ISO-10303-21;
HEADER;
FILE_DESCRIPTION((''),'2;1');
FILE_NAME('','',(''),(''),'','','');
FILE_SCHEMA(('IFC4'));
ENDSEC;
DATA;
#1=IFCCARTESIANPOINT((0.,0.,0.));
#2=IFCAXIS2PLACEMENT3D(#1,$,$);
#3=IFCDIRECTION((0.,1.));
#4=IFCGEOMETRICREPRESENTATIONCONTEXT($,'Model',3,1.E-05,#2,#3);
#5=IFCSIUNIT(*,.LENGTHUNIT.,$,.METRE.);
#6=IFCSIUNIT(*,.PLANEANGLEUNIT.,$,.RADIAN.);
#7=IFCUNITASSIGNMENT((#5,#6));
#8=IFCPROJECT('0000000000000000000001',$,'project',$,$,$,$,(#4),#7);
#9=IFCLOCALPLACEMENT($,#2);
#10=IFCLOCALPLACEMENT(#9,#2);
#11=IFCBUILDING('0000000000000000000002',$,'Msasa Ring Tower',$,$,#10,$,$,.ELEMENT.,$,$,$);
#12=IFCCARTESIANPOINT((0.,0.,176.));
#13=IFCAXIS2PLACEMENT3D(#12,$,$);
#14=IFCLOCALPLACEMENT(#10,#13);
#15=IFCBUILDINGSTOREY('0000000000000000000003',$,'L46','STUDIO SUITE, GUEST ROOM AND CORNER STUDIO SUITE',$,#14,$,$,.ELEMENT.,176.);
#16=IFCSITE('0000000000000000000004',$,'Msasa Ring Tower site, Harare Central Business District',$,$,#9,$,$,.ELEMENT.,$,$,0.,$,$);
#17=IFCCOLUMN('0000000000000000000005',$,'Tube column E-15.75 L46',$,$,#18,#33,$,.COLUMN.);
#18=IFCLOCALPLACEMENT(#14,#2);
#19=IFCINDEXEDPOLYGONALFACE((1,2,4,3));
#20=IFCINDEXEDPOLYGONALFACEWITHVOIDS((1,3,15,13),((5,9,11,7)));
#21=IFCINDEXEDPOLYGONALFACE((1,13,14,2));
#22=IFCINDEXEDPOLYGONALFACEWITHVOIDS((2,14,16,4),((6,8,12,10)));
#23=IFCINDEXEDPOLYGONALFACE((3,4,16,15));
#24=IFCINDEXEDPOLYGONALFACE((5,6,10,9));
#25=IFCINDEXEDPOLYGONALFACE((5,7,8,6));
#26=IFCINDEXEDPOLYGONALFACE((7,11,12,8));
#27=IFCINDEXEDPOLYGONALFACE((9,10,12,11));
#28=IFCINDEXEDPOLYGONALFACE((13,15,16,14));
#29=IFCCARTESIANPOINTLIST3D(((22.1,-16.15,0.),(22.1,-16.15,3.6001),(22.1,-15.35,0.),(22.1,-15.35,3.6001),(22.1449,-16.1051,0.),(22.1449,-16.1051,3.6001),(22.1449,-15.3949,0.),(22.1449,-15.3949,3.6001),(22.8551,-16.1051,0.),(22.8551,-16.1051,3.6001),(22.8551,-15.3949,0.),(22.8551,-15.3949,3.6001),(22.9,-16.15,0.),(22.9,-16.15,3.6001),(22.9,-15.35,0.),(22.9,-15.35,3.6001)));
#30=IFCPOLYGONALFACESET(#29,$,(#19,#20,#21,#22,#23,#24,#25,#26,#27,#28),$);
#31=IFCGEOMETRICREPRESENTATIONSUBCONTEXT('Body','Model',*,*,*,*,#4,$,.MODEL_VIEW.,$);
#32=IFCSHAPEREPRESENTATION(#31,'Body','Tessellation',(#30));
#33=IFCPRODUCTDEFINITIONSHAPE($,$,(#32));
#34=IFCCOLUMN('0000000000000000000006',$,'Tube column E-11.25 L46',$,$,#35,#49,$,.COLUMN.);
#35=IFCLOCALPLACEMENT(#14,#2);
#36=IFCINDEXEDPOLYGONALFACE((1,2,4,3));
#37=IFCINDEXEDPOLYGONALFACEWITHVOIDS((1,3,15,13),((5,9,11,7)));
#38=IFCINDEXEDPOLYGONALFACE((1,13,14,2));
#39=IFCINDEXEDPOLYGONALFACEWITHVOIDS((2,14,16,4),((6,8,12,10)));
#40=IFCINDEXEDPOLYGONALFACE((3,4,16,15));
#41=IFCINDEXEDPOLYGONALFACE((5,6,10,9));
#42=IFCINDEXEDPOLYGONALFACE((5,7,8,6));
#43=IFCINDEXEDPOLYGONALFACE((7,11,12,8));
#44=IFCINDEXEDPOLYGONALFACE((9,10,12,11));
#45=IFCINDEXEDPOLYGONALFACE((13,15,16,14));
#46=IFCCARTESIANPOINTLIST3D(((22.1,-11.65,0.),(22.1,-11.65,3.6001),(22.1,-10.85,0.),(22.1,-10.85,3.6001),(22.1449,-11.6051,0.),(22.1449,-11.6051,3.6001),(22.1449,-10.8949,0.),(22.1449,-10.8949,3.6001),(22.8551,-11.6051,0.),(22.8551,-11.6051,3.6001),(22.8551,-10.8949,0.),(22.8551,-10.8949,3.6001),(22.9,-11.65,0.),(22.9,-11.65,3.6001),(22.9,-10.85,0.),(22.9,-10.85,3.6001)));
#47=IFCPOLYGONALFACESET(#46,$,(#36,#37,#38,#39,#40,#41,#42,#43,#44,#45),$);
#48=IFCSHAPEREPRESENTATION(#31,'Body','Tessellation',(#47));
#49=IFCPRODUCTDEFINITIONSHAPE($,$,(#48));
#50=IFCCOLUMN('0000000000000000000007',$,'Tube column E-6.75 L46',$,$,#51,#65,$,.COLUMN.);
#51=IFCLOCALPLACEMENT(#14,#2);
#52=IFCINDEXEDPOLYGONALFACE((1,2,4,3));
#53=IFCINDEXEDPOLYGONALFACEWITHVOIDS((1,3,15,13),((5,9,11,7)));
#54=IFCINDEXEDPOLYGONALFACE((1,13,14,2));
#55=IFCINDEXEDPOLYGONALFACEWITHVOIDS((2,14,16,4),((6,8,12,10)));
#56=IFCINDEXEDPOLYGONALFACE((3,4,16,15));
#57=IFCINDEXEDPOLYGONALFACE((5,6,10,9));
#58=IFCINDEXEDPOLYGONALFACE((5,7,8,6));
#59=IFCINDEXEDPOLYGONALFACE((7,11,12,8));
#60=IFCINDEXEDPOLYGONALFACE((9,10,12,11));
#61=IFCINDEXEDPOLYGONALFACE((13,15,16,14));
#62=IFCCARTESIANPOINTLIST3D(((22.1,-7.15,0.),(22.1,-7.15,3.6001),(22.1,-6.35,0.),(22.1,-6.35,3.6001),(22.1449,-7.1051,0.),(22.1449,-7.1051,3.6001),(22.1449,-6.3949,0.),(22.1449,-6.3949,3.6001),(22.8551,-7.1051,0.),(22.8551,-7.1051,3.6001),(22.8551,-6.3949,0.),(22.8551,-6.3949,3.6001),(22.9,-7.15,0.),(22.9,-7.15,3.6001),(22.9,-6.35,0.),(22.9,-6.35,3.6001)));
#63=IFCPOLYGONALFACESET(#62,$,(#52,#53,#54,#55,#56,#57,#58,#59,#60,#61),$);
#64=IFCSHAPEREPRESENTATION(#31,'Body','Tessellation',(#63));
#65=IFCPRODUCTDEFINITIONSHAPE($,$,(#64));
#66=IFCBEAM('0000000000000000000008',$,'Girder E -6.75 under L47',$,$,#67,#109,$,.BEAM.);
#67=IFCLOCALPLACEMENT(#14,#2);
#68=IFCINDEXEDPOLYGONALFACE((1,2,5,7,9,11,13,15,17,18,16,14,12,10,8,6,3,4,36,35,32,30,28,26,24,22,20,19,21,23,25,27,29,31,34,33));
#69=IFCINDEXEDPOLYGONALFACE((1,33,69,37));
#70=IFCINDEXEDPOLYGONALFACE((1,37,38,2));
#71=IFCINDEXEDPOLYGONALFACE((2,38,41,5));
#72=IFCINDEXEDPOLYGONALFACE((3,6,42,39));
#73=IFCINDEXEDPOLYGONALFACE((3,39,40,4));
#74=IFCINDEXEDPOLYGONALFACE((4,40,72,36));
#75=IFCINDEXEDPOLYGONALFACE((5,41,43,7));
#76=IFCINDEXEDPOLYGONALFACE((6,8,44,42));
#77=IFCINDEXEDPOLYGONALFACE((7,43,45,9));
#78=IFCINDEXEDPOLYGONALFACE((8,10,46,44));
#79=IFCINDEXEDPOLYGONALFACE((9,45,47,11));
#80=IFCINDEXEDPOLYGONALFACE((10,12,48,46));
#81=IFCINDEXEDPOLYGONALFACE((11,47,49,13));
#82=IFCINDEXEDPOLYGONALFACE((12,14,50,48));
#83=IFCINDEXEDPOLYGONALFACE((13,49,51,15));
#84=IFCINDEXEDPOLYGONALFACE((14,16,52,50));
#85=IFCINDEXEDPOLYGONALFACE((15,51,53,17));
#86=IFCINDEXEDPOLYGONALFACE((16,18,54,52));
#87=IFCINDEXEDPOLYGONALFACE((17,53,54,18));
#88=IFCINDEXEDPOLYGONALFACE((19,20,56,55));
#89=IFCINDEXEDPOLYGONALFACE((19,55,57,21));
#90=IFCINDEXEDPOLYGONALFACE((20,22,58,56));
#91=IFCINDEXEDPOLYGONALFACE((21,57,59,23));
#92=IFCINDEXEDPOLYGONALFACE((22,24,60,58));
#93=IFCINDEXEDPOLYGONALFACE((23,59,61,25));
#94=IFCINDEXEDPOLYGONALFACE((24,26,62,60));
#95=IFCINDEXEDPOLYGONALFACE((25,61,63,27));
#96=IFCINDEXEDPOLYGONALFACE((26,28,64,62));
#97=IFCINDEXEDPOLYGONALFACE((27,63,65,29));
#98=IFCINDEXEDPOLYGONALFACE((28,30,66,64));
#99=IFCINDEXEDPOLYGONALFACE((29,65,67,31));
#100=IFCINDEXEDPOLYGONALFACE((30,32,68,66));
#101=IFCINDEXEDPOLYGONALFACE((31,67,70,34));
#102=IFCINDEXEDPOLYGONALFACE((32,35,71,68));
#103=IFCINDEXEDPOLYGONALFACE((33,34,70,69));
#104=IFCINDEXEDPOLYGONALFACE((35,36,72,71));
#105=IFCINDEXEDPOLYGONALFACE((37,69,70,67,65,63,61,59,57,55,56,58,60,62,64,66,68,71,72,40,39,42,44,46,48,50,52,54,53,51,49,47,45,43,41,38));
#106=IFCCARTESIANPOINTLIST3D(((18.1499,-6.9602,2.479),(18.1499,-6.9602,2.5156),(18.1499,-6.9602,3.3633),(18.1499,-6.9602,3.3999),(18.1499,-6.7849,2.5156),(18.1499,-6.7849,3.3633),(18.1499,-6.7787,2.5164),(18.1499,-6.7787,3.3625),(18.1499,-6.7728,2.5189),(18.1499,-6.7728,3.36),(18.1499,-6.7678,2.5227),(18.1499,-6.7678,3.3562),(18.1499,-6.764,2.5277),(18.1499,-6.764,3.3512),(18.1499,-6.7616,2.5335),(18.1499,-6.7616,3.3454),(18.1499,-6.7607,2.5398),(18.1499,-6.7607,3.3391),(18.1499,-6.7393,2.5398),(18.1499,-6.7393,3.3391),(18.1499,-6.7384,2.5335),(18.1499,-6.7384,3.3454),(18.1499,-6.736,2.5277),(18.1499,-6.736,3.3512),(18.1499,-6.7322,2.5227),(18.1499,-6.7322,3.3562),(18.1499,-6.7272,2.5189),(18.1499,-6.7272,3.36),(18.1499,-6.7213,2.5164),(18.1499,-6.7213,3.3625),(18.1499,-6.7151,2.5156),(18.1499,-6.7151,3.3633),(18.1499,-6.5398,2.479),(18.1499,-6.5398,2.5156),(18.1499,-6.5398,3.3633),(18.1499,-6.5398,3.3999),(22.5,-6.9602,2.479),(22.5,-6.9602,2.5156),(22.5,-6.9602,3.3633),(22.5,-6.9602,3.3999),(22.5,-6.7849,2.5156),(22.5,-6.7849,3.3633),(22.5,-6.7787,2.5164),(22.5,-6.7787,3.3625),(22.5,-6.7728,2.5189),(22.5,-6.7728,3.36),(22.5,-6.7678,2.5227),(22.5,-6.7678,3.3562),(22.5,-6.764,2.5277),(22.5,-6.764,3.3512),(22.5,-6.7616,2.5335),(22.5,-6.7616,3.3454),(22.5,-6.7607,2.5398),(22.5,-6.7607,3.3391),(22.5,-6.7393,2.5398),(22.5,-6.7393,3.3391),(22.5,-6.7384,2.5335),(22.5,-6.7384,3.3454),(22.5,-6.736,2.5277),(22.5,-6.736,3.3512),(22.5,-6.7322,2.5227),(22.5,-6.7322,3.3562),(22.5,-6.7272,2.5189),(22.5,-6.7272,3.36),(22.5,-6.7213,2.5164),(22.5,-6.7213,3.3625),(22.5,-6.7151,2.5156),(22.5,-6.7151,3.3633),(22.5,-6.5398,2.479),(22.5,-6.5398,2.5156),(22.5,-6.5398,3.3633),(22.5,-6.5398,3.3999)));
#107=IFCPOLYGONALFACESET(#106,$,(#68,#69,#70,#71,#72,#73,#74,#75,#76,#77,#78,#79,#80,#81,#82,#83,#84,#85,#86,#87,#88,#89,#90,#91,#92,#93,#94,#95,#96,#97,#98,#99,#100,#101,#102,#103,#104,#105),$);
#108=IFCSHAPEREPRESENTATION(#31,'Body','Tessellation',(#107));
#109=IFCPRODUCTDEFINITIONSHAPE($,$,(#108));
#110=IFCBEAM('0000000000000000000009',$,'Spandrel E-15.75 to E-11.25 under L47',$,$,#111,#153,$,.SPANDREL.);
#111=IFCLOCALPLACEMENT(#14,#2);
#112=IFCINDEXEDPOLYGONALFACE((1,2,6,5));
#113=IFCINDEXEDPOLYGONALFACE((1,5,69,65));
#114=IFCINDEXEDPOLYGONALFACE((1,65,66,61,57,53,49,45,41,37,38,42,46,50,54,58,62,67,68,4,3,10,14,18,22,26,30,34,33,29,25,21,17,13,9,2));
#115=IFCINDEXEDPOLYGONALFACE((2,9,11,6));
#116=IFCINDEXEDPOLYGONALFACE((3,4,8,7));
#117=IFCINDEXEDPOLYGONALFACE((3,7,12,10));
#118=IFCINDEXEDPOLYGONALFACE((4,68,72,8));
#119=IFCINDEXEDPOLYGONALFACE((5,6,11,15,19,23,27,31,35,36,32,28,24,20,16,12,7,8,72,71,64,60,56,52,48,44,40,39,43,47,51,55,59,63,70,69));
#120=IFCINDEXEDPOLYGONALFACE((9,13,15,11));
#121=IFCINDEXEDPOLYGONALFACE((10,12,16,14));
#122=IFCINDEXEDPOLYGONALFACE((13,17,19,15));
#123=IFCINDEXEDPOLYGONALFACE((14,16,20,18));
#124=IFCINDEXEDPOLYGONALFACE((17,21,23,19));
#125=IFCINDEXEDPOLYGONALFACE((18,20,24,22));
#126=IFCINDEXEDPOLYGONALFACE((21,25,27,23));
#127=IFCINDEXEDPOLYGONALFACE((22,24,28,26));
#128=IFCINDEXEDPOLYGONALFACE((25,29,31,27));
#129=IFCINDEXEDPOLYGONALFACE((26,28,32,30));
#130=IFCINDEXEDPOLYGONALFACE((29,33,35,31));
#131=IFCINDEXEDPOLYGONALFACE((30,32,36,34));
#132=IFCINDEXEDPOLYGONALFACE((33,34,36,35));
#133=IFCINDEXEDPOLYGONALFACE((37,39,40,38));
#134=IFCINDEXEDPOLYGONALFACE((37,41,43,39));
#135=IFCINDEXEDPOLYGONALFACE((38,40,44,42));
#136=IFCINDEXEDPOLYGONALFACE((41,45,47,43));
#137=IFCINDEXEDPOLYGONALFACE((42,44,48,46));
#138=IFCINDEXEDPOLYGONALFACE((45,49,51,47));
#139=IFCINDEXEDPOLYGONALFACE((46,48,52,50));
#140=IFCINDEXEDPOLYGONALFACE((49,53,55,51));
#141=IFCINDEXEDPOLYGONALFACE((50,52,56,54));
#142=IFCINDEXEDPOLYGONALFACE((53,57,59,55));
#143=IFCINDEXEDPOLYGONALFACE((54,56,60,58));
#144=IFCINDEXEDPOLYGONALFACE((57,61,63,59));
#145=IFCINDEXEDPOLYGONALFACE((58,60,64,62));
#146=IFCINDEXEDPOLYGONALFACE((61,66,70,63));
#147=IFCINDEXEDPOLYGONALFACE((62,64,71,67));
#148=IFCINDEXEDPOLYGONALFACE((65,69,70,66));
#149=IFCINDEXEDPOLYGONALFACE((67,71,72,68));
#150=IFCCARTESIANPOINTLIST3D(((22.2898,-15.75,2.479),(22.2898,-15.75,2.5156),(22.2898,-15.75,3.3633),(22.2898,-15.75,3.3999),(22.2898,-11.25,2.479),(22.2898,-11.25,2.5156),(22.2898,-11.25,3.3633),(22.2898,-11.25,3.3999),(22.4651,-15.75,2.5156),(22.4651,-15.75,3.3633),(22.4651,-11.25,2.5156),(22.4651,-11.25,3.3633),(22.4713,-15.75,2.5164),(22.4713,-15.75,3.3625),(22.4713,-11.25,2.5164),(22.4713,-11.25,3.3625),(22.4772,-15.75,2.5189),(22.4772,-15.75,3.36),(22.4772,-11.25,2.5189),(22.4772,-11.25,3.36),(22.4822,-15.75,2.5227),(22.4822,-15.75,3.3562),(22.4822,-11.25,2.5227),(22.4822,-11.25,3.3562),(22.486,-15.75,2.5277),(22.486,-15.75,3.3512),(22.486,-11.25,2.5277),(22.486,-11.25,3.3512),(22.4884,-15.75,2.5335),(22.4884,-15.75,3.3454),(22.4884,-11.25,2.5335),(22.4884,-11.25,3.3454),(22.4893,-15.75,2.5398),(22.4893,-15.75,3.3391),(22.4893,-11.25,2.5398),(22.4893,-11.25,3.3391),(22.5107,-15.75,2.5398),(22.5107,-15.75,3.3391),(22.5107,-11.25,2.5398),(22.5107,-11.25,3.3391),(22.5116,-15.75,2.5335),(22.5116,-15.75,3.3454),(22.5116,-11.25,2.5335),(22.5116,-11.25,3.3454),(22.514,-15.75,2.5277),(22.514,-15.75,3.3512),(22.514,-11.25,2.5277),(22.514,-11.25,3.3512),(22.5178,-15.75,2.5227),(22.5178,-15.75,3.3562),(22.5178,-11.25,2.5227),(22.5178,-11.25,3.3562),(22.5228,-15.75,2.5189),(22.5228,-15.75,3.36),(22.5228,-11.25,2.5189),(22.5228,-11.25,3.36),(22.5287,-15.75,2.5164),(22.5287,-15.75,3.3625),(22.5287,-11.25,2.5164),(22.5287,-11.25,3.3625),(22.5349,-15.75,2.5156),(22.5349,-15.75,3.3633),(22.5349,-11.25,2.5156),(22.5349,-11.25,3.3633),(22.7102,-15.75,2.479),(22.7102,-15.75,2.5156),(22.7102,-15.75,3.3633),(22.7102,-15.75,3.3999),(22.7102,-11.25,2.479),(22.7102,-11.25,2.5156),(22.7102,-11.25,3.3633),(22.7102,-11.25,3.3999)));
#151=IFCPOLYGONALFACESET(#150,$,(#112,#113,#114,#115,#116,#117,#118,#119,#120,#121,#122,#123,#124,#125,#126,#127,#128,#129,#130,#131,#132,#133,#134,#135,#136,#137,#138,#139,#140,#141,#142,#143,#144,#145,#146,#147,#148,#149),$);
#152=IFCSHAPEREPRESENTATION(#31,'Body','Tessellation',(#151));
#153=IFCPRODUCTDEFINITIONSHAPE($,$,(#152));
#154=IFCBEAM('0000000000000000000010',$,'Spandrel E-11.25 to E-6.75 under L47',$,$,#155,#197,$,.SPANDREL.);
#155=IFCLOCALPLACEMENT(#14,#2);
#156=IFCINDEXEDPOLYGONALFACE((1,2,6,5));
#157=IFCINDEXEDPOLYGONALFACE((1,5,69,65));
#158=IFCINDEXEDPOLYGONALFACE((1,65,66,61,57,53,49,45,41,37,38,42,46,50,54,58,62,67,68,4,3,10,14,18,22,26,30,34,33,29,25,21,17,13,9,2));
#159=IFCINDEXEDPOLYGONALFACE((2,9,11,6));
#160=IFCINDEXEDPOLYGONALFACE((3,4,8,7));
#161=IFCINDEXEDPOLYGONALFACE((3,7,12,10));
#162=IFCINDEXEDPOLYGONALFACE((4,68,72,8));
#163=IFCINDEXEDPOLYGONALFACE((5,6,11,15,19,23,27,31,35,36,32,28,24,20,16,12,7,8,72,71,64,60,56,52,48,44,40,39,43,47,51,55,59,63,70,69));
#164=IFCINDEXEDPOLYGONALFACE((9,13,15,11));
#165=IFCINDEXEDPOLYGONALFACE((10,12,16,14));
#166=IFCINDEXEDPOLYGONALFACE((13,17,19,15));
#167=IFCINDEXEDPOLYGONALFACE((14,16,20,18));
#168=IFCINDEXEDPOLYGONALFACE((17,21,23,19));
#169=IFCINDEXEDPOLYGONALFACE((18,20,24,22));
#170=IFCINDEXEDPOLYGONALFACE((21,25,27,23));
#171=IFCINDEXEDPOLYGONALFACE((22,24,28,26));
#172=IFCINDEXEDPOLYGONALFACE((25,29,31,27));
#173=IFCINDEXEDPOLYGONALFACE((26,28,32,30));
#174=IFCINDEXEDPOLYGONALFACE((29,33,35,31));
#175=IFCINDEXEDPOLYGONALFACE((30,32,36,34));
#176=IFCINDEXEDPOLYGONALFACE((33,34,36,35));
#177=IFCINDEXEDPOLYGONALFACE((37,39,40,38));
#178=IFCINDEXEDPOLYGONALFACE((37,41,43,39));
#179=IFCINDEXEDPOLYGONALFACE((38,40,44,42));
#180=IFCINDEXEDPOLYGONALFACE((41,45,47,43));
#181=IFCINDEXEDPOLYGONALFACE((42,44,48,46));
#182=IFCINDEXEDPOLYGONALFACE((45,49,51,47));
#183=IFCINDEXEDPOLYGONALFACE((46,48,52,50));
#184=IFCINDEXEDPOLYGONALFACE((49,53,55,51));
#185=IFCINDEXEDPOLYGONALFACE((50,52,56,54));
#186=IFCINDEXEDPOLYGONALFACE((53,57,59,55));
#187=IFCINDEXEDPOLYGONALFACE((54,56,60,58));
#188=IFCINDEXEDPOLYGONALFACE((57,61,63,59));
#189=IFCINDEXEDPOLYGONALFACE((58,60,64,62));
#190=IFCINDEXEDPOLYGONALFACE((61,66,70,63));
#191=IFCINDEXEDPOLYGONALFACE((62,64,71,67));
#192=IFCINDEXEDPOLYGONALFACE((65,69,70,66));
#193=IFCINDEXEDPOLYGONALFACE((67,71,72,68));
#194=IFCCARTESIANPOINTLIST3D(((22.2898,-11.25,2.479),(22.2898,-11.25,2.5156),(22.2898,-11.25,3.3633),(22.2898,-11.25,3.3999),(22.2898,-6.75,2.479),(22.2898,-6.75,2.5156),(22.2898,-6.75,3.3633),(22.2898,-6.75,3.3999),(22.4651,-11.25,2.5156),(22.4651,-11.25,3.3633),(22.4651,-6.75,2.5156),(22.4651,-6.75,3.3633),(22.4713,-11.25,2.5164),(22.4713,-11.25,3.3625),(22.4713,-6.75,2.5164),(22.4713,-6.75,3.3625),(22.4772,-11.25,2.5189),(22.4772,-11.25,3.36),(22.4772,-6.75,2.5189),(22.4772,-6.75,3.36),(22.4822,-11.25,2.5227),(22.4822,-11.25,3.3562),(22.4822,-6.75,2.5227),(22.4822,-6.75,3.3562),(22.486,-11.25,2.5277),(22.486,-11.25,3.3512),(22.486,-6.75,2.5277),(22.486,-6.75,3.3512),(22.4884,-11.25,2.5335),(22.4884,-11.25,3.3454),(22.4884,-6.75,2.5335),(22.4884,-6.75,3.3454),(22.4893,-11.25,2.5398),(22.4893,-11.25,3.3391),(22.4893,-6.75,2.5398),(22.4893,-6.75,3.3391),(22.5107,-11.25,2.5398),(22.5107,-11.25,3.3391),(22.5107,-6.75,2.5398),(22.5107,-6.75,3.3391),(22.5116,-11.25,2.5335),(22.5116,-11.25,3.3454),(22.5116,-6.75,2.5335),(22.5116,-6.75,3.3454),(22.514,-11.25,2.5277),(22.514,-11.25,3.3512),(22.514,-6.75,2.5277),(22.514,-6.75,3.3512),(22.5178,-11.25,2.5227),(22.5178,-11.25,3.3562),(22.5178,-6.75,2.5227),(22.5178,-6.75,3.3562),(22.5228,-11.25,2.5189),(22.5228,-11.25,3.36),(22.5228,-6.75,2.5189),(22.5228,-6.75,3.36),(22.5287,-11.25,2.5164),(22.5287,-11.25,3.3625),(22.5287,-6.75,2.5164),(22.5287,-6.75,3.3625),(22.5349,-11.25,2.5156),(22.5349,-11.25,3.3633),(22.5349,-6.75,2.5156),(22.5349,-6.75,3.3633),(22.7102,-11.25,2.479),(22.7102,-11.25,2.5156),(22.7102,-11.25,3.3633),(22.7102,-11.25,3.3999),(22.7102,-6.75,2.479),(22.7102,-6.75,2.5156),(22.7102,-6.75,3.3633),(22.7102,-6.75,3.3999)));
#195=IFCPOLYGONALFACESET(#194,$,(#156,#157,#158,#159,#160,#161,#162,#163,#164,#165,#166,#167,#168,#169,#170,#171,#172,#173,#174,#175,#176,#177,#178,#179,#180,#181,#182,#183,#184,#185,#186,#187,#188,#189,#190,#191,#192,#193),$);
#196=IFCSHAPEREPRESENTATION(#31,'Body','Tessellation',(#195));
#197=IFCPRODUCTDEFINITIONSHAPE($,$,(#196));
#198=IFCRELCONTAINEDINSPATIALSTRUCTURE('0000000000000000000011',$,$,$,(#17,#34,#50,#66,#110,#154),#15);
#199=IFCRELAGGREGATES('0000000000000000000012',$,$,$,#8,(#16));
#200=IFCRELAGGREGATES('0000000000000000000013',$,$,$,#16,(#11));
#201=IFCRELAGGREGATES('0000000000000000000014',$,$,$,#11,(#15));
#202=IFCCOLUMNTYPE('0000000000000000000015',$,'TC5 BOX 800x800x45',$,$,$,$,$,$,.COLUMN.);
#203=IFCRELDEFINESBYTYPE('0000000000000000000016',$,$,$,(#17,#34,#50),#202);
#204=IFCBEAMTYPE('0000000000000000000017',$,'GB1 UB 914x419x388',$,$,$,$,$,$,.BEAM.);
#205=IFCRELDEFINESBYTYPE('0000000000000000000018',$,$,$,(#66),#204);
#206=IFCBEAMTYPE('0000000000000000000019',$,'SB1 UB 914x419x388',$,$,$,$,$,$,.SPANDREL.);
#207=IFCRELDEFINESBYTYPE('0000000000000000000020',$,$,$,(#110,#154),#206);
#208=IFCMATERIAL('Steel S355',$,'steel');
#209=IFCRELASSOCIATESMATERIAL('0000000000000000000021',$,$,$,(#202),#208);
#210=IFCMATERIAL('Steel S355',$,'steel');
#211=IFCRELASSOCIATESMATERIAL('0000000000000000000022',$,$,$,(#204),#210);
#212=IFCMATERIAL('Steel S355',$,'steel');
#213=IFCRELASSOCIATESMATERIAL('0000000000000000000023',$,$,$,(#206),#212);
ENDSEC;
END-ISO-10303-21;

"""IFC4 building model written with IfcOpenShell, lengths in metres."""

from ifc_helpers import new_model, si_unit, direction, frame, origin, origin_2d, place, context, subcontext, project, spatial, hollow_rectangle, i_section, extrude, material, material_profile, profile_set, type_object, element, save


model = new_model("IFC4")

# Units and contexts
model_context = context("Model", 3, precision=1e-05, world=origin(), true_north=direction((0.0, 1.0)))
body_context = subcontext(model_context, "Body", "Model", "MODEL_VIEW")
ifc_project = project(units=[si_unit("LENGTHUNIT", "METRE"), si_unit("PLANEANGLEUNIT", "RADIAN")], contexts=[model_context])

# Site, building, storey
site_placement = place(None, origin())
site = spatial("IfcSite", under=ifc_project, at=site_placement, Name="Msasa Ring Tower site, Harare Central Business District", CompositionType="ELEMENT", RefElevation=0.0)
building_placement = place(site_placement, origin())
building = spatial("IfcBuilding", under=site, at=building_placement, Name="Msasa Ring Tower", CompositionType="ELEMENT")
storey_placement = place(building_placement, frame((0.0, 0.0, 176.0)))
storey = spatial("IfcBuildingStorey", under=building, at=storey_placement, Name="L46", Description="STUDIO SUITE, GUEST ROOM AND CORNER STUDIO SUITE", CompositionType="ELEMENT", Elevation=176.0)

# Columns
ifc_material_1 = material(Name="Steel S355", Category="steel")
ifc_material_profile_1 = material_profile(ifc_material_1, hollow_rectangle(XDim=0.8, YDim=0.8, WallThickness=0.0449, at=origin_2d()), Name="BOX 800x800x45")
ifc_profile_set_1 = profile_set([ifc_material_profile_1], Name="Steel S355")
column_type = type_object("IfcColumnType", Name="TC5 BOX 800x800x45", PredefinedType="COLUMN", material=ifc_profile_set_1)
for number, where, z_axis, x_axis, name in (
    (1, (22.5, -15.75, 0.0), (0.0, 0.0, 1.0), (1.0, 0.0, 0.0), "Tube column E-15.75 L46"),
    (2, (22.5, -11.25, 0.0), (0.0, 0.0, 1.0), (1.0, 0.0, 0.0), "Tube column E-11.25 L46"),
    (3, (22.5, -6.75, 0.0), (0.0, 0.0, 1.0), (1.0, 0.0, 0.0), "Tube column E-6.75 L46"),
):
    element("IfcColumn", number, at=place(storey_placement, frame(where, z_axis=z_axis, x_axis=x_axis)), inside=storey, type_object=column_type, Name=name, PredefinedType="COLUMN", context=body_context, shape_type="SweptSolid", body=[
        extrude(hollow_rectangle(XDim=0.8, YDim=0.8, WallThickness=0.0449, at=origin_2d()), origin(), (0.0, 0.0, 1.0), 3.6001),
    ])

# Beams
ifc_material_2 = material(Name="Steel S355", Category="steel")
ifc_material_profile_2 = material_profile(ifc_material_2, i_section(OverallWidth=0.4204, OverallDepth=0.9209, WebThickness=0.0215, FlangeThickness=0.0366, FilletRadius=0.0242, at=origin_2d()), Name="UB 914x419x388")
ifc_profile_set_2 = profile_set([ifc_material_profile_2], Name="Steel S355")
beam_type_1 = type_object("IfcBeamType", Name="GB1 UB 914x419x388", PredefinedType="BEAM", material=ifc_profile_set_2)
beam_placement = place(storey_placement, frame((18.1499, -6.75, 2.9395), z_axis=(1.0, 0.0, 0.0), x_axis=(0.0, 1.0, 0.0)))
element("IfcBeam", 4, at=beam_placement, inside=storey, type_object=beam_type_1, Name="Girder E -6.75 under L47", PredefinedType="BEAM", context=body_context, shape_type="SweptSolid", body=[
    extrude(i_section(OverallWidth=0.4204, OverallDepth=0.9209, WebThickness=0.0215, FlangeThickness=0.0366, FilletRadius=0.0242, at=origin_2d()), origin(), (0.0, 0.0, 1.0), 4.3501),
])
ifc_material_3 = material(Name="Steel S355", Category="steel")
ifc_material_profile_3 = material_profile(ifc_material_3, i_section(OverallWidth=0.4204, OverallDepth=0.9209, WebThickness=0.0215, FlangeThickness=0.0366, FilletRadius=0.0242, at=origin_2d()), Name="UB 914x419x388")
ifc_profile_set_3 = profile_set([ifc_material_profile_3], Name="Steel S355")
beam_type_2 = type_object("IfcBeamType", Name="SB1 UB 914x419x388", PredefinedType="SPANDREL", material=ifc_profile_set_3)
for number, where, z_axis, x_axis, name in (
    (5, (22.5, -15.75, 2.9395), (0.0, 1.0, 0.0), (-1.0, 0.0, 0.0), "Spandrel E-15.75 to E-11.25 under L47"),
    (6, (22.5, -11.25, 2.9395), (0.0, 1.0, 0.0), (-1.0, 0.0, 0.0), "Spandrel E-11.25 to E-6.75 under L47"),
):
    element("IfcBeam", number, at=place(storey_placement, frame(where, z_axis=z_axis, x_axis=x_axis)), inside=storey, type_object=beam_type_2, Name=name, PredefinedType="SPANDREL", context=body_context, shape_type="SweptSolid", body=[
        extrude(i_section(OverallWidth=0.4204, OverallDepth=0.9209, WebThickness=0.0215, FlangeThickness=0.0366, FilletRadius=0.0242, at=origin_2d()), origin(), (0.0, 0.0, 1.0), 4.5),
    ])

save(model, "model.ifc")
